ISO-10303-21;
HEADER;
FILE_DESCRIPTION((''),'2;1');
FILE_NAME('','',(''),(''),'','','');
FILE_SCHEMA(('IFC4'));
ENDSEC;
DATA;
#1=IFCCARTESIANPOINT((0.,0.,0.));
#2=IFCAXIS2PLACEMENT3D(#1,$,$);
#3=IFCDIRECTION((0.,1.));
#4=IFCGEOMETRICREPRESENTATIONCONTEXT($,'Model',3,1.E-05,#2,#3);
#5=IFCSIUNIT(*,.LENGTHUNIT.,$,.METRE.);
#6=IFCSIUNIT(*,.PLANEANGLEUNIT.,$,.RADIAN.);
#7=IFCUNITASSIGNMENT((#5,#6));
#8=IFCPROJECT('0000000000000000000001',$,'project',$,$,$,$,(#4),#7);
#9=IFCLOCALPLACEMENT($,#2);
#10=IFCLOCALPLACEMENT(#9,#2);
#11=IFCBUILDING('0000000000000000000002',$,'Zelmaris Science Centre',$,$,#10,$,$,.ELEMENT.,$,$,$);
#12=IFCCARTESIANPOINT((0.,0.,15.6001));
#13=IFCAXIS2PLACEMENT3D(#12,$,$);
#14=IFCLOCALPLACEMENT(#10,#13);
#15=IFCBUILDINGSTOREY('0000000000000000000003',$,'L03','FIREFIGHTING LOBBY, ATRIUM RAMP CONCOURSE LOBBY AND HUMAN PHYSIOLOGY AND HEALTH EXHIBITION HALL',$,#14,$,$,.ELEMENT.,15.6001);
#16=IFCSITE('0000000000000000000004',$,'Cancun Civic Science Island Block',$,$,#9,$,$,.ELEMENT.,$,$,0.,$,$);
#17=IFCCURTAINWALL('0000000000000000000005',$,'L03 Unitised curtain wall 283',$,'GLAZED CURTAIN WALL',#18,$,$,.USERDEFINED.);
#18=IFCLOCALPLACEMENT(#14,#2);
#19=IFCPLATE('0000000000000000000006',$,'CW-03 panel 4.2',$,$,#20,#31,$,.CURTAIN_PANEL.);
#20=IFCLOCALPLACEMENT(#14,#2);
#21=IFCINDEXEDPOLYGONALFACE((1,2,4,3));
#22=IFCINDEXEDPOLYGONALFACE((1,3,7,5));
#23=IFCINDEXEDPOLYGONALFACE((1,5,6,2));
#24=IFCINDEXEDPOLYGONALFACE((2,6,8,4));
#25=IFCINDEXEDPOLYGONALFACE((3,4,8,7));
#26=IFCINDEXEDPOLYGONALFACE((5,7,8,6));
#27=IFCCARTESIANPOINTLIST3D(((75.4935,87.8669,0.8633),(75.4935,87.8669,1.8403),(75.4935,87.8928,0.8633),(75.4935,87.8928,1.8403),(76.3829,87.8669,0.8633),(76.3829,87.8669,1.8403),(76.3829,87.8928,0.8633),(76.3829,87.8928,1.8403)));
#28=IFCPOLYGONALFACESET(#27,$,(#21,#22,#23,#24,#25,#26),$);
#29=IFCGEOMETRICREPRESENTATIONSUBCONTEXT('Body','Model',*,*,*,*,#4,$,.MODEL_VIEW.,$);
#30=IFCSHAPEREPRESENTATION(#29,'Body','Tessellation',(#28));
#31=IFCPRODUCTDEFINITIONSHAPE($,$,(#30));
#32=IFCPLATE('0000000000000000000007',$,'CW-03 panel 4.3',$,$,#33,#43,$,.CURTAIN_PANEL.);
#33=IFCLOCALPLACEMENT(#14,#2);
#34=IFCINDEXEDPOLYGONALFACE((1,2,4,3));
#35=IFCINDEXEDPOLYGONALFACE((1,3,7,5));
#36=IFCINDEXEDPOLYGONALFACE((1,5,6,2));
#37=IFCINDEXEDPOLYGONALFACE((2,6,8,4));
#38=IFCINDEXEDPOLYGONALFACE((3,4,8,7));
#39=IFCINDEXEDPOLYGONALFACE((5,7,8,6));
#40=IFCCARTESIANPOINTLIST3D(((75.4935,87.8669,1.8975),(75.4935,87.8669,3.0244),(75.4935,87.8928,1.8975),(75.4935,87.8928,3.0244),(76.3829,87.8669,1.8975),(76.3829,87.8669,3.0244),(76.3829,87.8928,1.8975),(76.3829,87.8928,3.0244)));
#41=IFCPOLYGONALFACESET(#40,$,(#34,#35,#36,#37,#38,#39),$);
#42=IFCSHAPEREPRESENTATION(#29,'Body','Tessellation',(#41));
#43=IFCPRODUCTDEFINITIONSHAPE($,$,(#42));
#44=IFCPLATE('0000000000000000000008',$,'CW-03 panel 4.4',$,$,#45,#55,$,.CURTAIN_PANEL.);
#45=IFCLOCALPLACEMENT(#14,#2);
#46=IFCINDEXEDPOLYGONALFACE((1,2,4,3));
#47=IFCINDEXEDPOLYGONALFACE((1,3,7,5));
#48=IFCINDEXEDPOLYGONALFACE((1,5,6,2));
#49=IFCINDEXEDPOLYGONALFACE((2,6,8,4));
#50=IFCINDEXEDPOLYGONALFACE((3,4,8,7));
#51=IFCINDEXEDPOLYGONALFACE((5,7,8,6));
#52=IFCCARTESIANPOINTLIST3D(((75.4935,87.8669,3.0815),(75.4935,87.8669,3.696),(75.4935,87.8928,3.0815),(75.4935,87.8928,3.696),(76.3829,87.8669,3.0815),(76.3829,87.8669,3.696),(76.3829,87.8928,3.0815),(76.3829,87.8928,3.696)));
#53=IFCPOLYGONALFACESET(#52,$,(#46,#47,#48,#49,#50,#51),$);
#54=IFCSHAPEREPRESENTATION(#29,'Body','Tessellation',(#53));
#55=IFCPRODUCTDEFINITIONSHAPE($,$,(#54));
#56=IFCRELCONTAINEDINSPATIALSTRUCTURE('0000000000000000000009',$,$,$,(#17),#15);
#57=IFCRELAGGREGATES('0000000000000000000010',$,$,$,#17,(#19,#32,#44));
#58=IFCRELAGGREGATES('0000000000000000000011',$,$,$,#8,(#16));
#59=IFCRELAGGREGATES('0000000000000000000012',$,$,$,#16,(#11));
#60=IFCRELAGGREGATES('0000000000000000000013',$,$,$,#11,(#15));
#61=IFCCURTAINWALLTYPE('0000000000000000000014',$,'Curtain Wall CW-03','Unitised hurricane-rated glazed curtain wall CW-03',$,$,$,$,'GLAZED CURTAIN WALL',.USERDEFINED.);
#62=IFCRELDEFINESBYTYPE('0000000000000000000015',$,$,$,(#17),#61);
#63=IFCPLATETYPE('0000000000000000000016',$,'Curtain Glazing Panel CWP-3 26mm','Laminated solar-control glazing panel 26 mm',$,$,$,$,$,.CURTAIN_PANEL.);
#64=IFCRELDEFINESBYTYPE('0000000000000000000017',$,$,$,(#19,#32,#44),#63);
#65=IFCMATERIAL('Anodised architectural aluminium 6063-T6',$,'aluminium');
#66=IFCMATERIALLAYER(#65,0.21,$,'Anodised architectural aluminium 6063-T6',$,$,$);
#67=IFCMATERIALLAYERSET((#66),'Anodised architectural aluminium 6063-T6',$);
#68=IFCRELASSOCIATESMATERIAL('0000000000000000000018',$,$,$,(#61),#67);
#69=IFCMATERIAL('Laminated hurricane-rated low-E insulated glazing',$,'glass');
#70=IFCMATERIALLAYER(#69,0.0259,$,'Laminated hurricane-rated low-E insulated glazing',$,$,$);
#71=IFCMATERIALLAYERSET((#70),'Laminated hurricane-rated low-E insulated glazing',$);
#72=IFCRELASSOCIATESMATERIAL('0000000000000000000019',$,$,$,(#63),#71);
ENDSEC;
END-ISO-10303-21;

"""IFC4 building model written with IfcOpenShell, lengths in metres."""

from ifc_helpers import new_model, si_unit, direction, frame, origin, origin_2d, place, context, subcontext, project, spatial, rectangle, extrude, material, layer, layer_set, type_object, element, aggregate, save


model = new_model("IFC4")

# Units and contexts
model_context = context("Model", 3, precision=1e-05, world=origin(), true_north=direction((0.0, 1.0)))
body_context = subcontext(model_context, "Body", "Model", "MODEL_VIEW")
ifc_project = project(units=[si_unit("LENGTHUNIT", "METRE"), si_unit("PLANEANGLEUNIT", "RADIAN")], contexts=[model_context])

# Site, building, storey
site_placement = place(None, origin())
site = spatial("IfcSite", under=ifc_project, at=site_placement, Name="Cancun Civic Science Island Block", CompositionType="ELEMENT", RefElevation=0.0)
building_placement = place(site_placement, origin())
building = spatial("IfcBuilding", under=site, at=building_placement, Name="Zelmaris Science Centre", CompositionType="ELEMENT")
storey_placement = place(building_placement, frame((0.0, 0.0, 15.6001)))
storey = spatial("IfcBuildingStorey", under=building, at=storey_placement, Name="L03", Description="FIREFIGHTING LOBBY, ATRIUM RAMP CONCOURSE LOBBY AND HUMAN PHYSIOLOGY AND HEALTH EXHIBITION HALL", CompositionType="ELEMENT", Elevation=15.6001)

# Curtain wall
ifc_material_1 = material(Name="Anodised architectural aluminium 6063-T6", Category="aluminium")
ifc_layer_1 = layer(ifc_material_1, 0.21, Name="Anodised architectural aluminium 6063-T6")
ifc_layer_set_1 = layer_set([ifc_layer_1], Name="Anodised architectural aluminium 6063-T6")
curtain_wall_type_1 = type_object("IfcCurtainWallType", Name="Curtain Wall CW-03", Description="Unitised hurricane-rated glazed curtain wall CW-03", ElementType="GLAZED CURTAIN WALL", PredefinedType="USERDEFINED", material=ifc_layer_set_1)
curtain_wall_1_placement = place(storey_placement, origin())
curtain_wall_1 = element("IfcCurtainWall", 1, at=curtain_wall_1_placement, inside=storey, type_object=curtain_wall_type_1, Name="L03 Unitised curtain wall 283", ObjectType="GLAZED CURTAIN WALL", PredefinedType="USERDEFINED")

# Plates
ifc_material_2 = material(Name="Laminated hurricane-rated low-E insulated glazing", Category="glass")
ifc_layer_2 = layer(ifc_material_2, 0.0259, Name="Laminated hurricane-rated low-E insulated glazing")
ifc_layer_set_2 = layer_set([ifc_layer_2], Name="Laminated hurricane-rated low-E insulated glazing")
plate_type = type_object("IfcPlateType", Name="Curtain Glazing Panel CWP-3 26mm", Description="Laminated solar-control glazing panel 26 mm", PredefinedType="CURTAIN_PANEL", material=ifc_layer_set_2)
plate_1_placement = place(storey_placement, frame((75.9382, 87.8799, 0.8633), z_axis=(0.0, 0.0, 1.0), x_axis=(1.0, 0.0, 0.0)))
plate_1 = element("IfcPlate", 2, at=plate_1_placement, type_object=plate_type, Name="CW-03 panel 4.2", PredefinedType="CURTAIN_PANEL", context=body_context, shape_type="SweptSolid", body=[
    extrude(rectangle(XDim=0.8894, YDim=0.0259, at=origin_2d()), origin(), (0.0, 0.0, 1.0), 0.9771),
])
plate_2_placement = place(storey_placement, frame((75.9382, 87.8799, 1.8975), z_axis=(0.0, 0.0, 1.0), x_axis=(1.0, 0.0, 0.0)))
plate_2 = element("IfcPlate", 3, at=plate_2_placement, type_object=plate_type, Name="CW-03 panel 4.3", PredefinedType="CURTAIN_PANEL", context=body_context, shape_type="SweptSolid", body=[
    extrude(rectangle(XDim=0.8894, YDim=0.0259, at=origin_2d()), origin(), (0.0, 0.0, 1.0), 1.127),
])
plate_3_placement = place(storey_placement, frame((75.9382, 87.8799, 3.0815), z_axis=(0.0, 0.0, 1.0), x_axis=(1.0, 0.0, 0.0)))
plate_3 = element("IfcPlate", 4, at=plate_3_placement, type_object=plate_type, Name="CW-03 panel 4.4", PredefinedType="CURTAIN_PANEL", context=body_context, shape_type="SweptSolid", body=[
    extrude(rectangle(XDim=0.8894, YDim=0.0259, at=origin_2d()), origin(), (0.0, 0.0, 1.0), 0.6145),
])
aggregate(curtain_wall_1, [plate_1, plate_2, plate_3])

save(model, "model.ifc")
